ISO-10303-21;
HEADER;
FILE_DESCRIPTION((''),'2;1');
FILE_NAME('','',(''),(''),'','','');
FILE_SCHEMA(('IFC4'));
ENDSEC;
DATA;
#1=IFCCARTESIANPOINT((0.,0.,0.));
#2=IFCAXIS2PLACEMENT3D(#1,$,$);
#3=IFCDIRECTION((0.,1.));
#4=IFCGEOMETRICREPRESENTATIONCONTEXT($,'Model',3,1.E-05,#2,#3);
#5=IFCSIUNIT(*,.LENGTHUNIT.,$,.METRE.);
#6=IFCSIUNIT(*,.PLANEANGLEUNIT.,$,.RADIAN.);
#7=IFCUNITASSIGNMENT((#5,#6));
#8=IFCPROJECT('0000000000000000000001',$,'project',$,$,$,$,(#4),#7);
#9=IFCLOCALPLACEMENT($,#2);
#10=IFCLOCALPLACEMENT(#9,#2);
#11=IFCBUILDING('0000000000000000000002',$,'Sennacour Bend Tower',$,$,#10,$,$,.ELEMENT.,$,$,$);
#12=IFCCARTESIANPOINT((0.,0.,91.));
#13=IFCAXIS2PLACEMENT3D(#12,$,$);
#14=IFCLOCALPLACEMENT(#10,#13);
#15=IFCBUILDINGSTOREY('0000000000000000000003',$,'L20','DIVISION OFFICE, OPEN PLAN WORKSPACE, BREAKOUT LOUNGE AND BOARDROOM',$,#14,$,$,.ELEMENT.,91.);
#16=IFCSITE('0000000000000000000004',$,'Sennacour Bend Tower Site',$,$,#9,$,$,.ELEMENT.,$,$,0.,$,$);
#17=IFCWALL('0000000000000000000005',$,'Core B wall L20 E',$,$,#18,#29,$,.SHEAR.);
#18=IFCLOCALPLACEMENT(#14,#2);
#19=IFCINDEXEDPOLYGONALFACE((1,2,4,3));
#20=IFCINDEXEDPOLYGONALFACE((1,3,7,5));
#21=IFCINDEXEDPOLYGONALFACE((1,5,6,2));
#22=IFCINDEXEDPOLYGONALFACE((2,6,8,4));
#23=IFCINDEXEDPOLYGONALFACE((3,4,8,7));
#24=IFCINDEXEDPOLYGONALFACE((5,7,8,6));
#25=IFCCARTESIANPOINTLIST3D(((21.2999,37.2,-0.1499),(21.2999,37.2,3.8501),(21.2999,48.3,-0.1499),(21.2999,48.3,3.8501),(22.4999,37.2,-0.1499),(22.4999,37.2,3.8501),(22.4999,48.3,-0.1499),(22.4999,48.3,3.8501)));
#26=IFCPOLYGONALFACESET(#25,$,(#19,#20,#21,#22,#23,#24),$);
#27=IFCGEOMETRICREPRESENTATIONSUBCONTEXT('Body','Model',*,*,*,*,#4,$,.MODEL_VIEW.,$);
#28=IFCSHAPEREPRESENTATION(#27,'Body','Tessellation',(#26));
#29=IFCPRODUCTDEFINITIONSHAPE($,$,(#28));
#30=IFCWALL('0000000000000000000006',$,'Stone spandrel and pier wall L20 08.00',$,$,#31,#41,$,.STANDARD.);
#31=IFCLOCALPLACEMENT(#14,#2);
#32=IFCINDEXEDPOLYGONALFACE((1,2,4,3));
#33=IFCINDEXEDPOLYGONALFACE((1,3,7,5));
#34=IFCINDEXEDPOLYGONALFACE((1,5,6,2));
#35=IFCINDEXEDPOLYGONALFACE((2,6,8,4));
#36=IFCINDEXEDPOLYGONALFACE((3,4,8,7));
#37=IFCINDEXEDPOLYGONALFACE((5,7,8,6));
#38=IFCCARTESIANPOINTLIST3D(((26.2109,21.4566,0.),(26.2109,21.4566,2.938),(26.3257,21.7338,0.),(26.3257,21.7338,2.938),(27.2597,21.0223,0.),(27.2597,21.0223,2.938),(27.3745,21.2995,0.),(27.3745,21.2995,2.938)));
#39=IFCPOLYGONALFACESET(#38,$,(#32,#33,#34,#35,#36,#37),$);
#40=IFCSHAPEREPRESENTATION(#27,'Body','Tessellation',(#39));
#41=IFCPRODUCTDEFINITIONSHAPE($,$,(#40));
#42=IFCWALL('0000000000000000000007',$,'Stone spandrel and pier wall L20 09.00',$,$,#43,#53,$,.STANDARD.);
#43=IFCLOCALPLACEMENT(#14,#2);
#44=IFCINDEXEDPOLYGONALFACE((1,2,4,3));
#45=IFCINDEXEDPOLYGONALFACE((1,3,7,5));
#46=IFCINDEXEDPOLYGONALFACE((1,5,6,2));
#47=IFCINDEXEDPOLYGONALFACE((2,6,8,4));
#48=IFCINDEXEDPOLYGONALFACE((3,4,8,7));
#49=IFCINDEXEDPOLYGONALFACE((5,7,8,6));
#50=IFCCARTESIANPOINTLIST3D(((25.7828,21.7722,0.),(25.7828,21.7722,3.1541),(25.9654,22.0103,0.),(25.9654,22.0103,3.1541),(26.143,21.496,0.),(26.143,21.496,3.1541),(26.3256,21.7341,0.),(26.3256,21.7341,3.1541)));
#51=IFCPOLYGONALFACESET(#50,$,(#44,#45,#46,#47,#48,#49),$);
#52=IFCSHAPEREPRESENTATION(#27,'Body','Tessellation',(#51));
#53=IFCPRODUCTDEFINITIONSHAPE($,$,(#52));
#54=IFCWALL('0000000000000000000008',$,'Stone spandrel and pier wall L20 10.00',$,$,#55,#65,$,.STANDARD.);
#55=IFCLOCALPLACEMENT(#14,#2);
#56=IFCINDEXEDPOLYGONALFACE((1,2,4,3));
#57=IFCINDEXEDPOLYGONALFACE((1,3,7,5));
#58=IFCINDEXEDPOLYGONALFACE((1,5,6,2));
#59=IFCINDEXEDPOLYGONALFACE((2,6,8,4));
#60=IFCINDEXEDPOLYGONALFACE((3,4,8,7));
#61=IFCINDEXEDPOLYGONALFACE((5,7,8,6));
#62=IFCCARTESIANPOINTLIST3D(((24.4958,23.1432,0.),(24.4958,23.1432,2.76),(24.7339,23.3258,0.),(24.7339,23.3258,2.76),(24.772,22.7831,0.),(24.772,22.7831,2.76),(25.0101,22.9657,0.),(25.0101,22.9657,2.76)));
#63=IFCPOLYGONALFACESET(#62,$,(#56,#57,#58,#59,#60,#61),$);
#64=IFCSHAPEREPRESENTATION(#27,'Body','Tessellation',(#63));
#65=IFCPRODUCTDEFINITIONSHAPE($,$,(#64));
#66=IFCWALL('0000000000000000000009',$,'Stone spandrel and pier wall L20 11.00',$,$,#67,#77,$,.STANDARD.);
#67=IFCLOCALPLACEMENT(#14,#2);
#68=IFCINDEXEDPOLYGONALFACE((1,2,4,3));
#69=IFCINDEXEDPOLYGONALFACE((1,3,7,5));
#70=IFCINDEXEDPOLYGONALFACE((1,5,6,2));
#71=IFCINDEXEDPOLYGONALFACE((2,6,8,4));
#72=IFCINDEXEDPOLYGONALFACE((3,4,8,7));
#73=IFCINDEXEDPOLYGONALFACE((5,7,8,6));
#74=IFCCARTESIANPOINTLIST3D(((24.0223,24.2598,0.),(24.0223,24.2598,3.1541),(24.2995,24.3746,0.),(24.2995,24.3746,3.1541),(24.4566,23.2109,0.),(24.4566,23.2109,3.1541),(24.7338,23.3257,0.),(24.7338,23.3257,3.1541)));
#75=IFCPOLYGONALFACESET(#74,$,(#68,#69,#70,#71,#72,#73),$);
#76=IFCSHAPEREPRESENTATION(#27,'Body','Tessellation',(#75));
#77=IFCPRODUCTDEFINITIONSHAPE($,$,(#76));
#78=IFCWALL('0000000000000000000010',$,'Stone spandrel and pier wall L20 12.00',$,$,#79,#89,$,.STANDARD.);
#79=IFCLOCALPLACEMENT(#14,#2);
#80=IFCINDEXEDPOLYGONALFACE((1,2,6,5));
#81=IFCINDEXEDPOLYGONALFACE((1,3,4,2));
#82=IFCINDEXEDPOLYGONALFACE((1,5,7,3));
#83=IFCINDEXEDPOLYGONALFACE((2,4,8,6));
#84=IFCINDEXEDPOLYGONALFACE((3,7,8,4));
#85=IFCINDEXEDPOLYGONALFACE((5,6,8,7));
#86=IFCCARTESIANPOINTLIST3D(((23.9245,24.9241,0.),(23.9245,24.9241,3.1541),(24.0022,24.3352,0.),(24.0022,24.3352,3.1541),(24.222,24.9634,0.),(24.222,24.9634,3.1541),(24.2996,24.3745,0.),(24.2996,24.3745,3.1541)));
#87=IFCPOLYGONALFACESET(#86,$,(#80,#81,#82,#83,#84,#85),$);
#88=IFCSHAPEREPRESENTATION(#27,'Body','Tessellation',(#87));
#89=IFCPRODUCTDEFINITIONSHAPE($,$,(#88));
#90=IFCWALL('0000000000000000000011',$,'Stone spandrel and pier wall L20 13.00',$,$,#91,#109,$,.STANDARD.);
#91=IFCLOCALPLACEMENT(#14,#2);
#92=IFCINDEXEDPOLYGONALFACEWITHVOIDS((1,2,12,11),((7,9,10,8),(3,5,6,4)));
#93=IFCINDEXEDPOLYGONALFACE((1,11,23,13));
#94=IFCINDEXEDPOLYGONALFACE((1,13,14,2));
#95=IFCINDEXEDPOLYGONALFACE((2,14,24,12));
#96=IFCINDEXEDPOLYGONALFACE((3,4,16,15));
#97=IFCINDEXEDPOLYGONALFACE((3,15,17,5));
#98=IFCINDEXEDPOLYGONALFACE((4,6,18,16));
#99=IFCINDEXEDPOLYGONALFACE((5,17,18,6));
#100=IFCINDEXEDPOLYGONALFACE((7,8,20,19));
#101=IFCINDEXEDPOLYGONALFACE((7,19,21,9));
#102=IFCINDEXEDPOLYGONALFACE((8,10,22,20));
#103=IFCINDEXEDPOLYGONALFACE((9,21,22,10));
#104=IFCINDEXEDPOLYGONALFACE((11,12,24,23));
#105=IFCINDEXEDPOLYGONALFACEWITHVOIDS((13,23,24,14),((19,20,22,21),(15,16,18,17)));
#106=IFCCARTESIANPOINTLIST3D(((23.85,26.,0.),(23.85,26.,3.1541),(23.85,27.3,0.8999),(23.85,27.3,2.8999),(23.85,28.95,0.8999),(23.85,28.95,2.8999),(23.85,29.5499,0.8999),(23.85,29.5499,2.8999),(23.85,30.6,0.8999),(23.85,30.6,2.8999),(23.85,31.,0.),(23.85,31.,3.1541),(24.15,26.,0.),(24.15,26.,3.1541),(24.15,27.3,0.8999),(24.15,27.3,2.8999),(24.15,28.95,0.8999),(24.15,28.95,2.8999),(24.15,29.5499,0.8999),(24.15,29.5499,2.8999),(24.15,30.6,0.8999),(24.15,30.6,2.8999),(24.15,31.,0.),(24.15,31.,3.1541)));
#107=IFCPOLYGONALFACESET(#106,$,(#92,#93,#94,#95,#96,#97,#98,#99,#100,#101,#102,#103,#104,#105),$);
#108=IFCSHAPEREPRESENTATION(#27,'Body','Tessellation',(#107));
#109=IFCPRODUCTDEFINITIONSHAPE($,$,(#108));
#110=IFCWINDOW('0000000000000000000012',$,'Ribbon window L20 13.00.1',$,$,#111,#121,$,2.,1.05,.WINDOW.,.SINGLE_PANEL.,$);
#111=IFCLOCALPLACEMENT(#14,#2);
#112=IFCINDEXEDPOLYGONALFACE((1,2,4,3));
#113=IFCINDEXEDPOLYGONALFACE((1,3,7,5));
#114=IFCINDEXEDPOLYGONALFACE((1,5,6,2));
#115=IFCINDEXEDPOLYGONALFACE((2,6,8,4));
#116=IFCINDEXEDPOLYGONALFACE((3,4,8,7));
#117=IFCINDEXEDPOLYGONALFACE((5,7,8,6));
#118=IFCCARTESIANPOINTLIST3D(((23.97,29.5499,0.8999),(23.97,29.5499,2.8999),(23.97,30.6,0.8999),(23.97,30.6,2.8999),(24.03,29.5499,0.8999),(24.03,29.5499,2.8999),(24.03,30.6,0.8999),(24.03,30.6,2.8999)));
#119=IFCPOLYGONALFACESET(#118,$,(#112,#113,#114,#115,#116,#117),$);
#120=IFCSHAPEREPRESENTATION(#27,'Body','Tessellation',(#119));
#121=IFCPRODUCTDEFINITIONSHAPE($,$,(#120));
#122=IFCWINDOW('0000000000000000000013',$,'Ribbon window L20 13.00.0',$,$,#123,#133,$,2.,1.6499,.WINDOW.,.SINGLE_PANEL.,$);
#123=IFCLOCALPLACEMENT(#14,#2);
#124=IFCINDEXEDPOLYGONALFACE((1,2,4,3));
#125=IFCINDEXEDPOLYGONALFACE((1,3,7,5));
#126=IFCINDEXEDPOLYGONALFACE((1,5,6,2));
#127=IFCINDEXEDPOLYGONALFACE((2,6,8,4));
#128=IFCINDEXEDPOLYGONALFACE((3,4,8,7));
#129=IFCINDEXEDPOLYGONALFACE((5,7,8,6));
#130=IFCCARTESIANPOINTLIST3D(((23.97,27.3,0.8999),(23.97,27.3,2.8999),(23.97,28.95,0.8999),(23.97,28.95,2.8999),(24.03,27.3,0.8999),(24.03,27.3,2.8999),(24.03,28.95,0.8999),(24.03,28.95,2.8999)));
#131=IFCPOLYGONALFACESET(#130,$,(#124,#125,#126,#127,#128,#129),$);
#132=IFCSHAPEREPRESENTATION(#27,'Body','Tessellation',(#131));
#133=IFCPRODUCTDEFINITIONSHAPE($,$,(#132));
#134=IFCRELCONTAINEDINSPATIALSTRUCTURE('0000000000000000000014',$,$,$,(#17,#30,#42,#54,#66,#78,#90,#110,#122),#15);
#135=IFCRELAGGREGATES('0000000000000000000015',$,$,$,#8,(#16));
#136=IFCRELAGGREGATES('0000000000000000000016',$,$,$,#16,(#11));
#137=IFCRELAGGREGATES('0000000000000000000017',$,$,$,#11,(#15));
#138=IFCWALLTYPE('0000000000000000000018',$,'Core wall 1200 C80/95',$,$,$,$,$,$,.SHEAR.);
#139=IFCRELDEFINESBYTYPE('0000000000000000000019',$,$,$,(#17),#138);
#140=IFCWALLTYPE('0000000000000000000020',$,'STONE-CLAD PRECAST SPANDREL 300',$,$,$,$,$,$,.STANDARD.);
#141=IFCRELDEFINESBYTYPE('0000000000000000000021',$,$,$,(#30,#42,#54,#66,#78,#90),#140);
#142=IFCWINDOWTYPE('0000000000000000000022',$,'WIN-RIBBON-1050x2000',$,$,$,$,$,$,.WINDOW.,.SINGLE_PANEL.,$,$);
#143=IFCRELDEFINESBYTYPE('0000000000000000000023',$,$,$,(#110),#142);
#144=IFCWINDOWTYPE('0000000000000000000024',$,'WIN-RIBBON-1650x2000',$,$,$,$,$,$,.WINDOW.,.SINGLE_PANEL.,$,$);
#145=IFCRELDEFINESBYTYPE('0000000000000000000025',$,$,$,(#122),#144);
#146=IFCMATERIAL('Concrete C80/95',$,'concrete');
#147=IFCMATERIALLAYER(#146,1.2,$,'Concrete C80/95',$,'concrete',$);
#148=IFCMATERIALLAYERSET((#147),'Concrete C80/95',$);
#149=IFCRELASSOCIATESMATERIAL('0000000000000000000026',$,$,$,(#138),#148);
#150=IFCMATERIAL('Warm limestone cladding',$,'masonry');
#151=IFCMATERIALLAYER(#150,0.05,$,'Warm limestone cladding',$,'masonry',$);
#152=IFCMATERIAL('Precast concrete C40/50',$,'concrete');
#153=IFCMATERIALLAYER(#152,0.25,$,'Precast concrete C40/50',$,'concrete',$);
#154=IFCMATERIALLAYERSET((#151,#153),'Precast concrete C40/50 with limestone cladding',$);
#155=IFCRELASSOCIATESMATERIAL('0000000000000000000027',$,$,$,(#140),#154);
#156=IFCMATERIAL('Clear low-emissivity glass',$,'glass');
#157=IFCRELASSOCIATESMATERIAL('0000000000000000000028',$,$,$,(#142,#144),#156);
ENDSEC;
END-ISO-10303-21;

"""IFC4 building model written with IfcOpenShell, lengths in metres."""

from ifc_helpers import new_model, si_unit, direction, frame, frame_2d, origin, place, context, subcontext, project, spatial, rectangle, extrude, material, layer, layer_set, type_object, element, fill, save


model = new_model("IFC4")

# Units and contexts
model_context = context("Model", 3, precision=1e-05, world=origin(), true_north=direction((0.0, 1.0)))
body_context = subcontext(model_context, "Body", "Model", "MODEL_VIEW")
ifc_project = project(units=[si_unit("LENGTHUNIT", "METRE"), si_unit("PLANEANGLEUNIT", "RADIAN")], contexts=[model_context])

# Site, building, storey
site_placement = place(None, origin())
site = spatial("IfcSite", under=ifc_project, at=site_placement, Name="Sennacour Bend Tower Site", CompositionType="ELEMENT", RefElevation=0.0)
building_placement = place(site_placement, origin())
building = spatial("IfcBuilding", under=site, at=building_placement, Name="Sennacour Bend Tower", CompositionType="ELEMENT")
storey_placement = place(building_placement, frame((0.0, 0.0, 91.0)))
storey = spatial("IfcBuildingStorey", under=building, at=storey_placement, Name="L20", Description="DIVISION OFFICE, OPEN PLAN WORKSPACE, BREAKOUT LOUNGE AND BOARDROOM", CompositionType="ELEMENT", Elevation=91.0)

# Walls
ifc_material_1 = material(Name="Concrete C80/95", Category="concrete")
ifc_layer_1 = layer(ifc_material_1, 1.2, Name="Concrete C80/95", Category="concrete")
ifc_layer_set_1 = layer_set([ifc_layer_1], Name="Concrete C80/95")
wall_type_1 = type_object("IfcWallType", Name="Core wall 1200 C80/95", PredefinedType="SHEAR", material=ifc_layer_set_1)
wall_1_placement = place(storey_placement, frame((21.8999, 37.2, -0.1499), z_axis=(0.0, 0.0, 1.0), x_axis=(0.0, 1.0, 0.0)))
element("IfcWall", 1, at=wall_1_placement, inside=storey, type_object=wall_type_1, Name="Core B wall L20 E", PredefinedType="SHEAR", context=body_context, shape_type="SweptSolid", body=[
    extrude(rectangle(XDim=11.1001, YDim=1.2, at=frame_2d((5.55, 0.0))), origin(), (0.0, 0.0, 1.0), 4.0),
])
ifc_material_2 = material(Name="Warm limestone cladding", Category="masonry")
ifc_layer_2 = layer(ifc_material_2, 0.05, Name="Warm limestone cladding", Category="masonry")
ifc_material_3 = material(Name="Precast concrete C40/50", Category="concrete")
ifc_layer_3 = layer(ifc_material_3, 0.25, Name="Precast concrete C40/50", Category="concrete")
ifc_layer_set_2 = layer_set([ifc_layer_2, ifc_layer_3], Name="Precast concrete C40/50 with limestone cladding")
wall_type_2 = type_object("IfcWallType", Name="STONE-CLAD PRECAST SPANDREL 300", PredefinedType="STANDARD", material=ifc_layer_set_2)
wall_2_placement = place(storey_placement, frame((27.3171, 21.1609, 0.0), z_axis=(0.0, 0.0, 1.0), x_axis=(-0.923915, 0.382599, 0.0)))
element("IfcWall", 2, at=wall_2_placement, inside=storey, type_object=wall_type_2, Name="Stone spandrel and pier wall L20 08.00", PredefinedType="STANDARD", context=body_context, shape_type="SweptSolid", body=[
    extrude(rectangle(XDim=1.1353, YDim=0.3, at=frame_2d((0.5676, 0.0))), origin(), (0.0, 0.0, 1.0), 2.938),
])
wall_3_placement = place(storey_placement, frame((26.2344, 21.615, 0.0), z_axis=(0.0, 0.0, 1.0), x_axis=(-0.793563, 0.608488, 0.0)))
element("IfcWall", 3, at=wall_3_placement, inside=storey, type_object=wall_type_2, Name="Stone spandrel and pier wall L20 09.00", PredefinedType="STANDARD", context=body_context, shape_type="SweptSolid", body=[
    extrude(rectangle(XDim=0.4539, YDim=0.3, at=frame_2d((0.2271, 0.0))), origin(), (0.0, 0.0, 1.0), 3.1541),
])
wall_4_placement = place(storey_placement, frame((24.8911, 22.8743, 0.0), z_axis=(0.0, 0.0, 1.0), x_axis=(-0.608488, 0.793563, 0.0)))
element("IfcWall", 4, at=wall_4_placement, inside=storey, type_object=wall_type_2, Name="Stone spandrel and pier wall L20 10.00", PredefinedType="STANDARD", context=body_context, shape_type="SweptSolid", body=[
    extrude(rectangle(XDim=0.4539, YDim=0.3, at=frame_2d((0.2271, 0.0))), origin(), (0.0, 0.0, 1.0), 2.76),
])
wall_5_placement = place(storey_placement, frame((24.5952, 23.2683, 0.0), z_axis=(0.0, 0.0, 1.0), x_axis=(-0.382599, 0.923915, 0.0)))
element("IfcWall", 5, at=wall_5_placement, inside=storey, type_object=wall_type_2, Name="Stone spandrel and pier wall L20 11.00", PredefinedType="STANDARD", context=body_context, shape_type="SweptSolid", body=[
    extrude(rectangle(XDim=1.1353, YDim=0.3, at=frame_2d((0.5676, 0.0))), origin(), (0.0, 0.0, 1.0), 3.1541),
])
wall_6_placement = place(storey_placement, frame((24.1509, 24.355, 0.0), z_axis=(0.0, 0.0, 1.0), x_axis=(-0.13071, 0.991421, 0.0)))
element("IfcWall", 6, at=wall_6_placement, inside=storey, type_object=wall_type_2, Name="Stone spandrel and pier wall L20 12.00", PredefinedType="STANDARD", context=body_context, shape_type="SweptSolid", body=[
    extrude(rectangle(XDim=0.594, YDim=0.3, at=frame_2d((0.2969, 0.0))), origin(), (0.0, 0.0, 1.0), 3.1541),
])

# Wall, openings, windows
wall_7_placement = place(storey_placement, frame((24.0, 26.0, 0.0), z_axis=(0.0, 0.0, 1.0), x_axis=(0.0, 1.0, 0.0)))
wall_7 = element("IfcWall", 7, at=wall_7_placement, inside=storey, type_object=wall_type_2, Name="Stone spandrel and pier wall L20 13.00", PredefinedType="STANDARD", context=body_context, shape_type="SweptSolid", body=[
    extrude(rectangle(XDim=5.0, YDim=0.3, at=frame_2d((2.5, 0.0))), origin(), (0.0, 0.0, 1.0), 3.1541),
])
opening_1_placement = place(wall_7_placement, frame((1.3, 0.0, 0.8999)))
opening_1 = element("IfcOpeningElement", 8, at=opening_1_placement, cuts=wall_7, PredefinedType="OPENING", context=body_context, shape_type="SweptSolid", body=[
    extrude(rectangle(XDim=1.6499, YDim=2.0, at=frame_2d((0.825, 1.0))), frame((0.0, 0.1602, 0.0), z_axis=(0.0, -1.0, 0.0), x_axis=(1.0, 0.0, 0.0)), (0.0, 0.0, 1.0), 0.3201),
])
opening_2_placement = place(wall_7_placement, frame((3.55, 0.0, 0.8999)))
opening_2 = element("IfcOpeningElement", 9, at=opening_2_placement, cuts=wall_7, PredefinedType="OPENING", context=body_context, shape_type="SweptSolid", body=[
    extrude(rectangle(XDim=1.05, YDim=2.0, at=frame_2d((0.5249, 1.0))), frame((0.0, 0.1602, 0.0), z_axis=(0.0, -1.0, 0.0), x_axis=(1.0, 0.0, 0.0)), (0.0, 0.0, 1.0), 0.3201),
])
ifc_material_4 = material(Name="Clear low-emissivity glass", Category="glass")
window_type_1 = type_object("IfcWindowType", Name="WIN-RIBBON-1050x2000", PartitioningType="SINGLE_PANEL", PredefinedType="WINDOW", material=ifc_material_4)
window_1_placement = place(opening_2_placement, origin())
window_1 = element("IfcWindow", 10, at=window_1_placement, inside=storey, type_object=window_type_1, Name="Ribbon window L20 13.00.1", OverallHeight=2.0, OverallWidth=1.05, PartitioningType="SINGLE_PANEL", PredefinedType="WINDOW", context=body_context, shape_type="SweptSolid", body=[
    extrude(rectangle(XDim=1.05, YDim=2.0, at=frame_2d((0.5249, 1.0))), frame((0.0, 0.03, 0.0), z_axis=(0.0, -1.0, 0.0), x_axis=(1.0, 0.0, 0.0)), (0.0, 0.0, 1.0), 0.0601),
])
fill(opening_2, window_1)
window_type_2 = type_object("IfcWindowType", Name="WIN-RIBBON-1650x2000", PartitioningType="SINGLE_PANEL", PredefinedType="WINDOW", material=ifc_material_4)
window_2_placement = place(opening_1_placement, origin())
window_2 = element("IfcWindow", 11, at=window_2_placement, inside=storey, type_object=window_type_2, Name="Ribbon window L20 13.00.0", OverallHeight=2.0, OverallWidth=1.6499, PartitioningType="SINGLE_PANEL", PredefinedType="WINDOW", context=body_context, shape_type="SweptSolid", body=[
    extrude(rectangle(XDim=1.6499, YDim=2.0, at=frame_2d((0.825, 1.0))), frame((0.0, 0.03, 0.0), z_axis=(0.0, -1.0, 0.0), x_axis=(1.0, 0.0, 0.0)), (0.0, 0.0, 1.0), 0.0601),
])
fill(opening_1, window_2)

save(model, "model.ifc")
